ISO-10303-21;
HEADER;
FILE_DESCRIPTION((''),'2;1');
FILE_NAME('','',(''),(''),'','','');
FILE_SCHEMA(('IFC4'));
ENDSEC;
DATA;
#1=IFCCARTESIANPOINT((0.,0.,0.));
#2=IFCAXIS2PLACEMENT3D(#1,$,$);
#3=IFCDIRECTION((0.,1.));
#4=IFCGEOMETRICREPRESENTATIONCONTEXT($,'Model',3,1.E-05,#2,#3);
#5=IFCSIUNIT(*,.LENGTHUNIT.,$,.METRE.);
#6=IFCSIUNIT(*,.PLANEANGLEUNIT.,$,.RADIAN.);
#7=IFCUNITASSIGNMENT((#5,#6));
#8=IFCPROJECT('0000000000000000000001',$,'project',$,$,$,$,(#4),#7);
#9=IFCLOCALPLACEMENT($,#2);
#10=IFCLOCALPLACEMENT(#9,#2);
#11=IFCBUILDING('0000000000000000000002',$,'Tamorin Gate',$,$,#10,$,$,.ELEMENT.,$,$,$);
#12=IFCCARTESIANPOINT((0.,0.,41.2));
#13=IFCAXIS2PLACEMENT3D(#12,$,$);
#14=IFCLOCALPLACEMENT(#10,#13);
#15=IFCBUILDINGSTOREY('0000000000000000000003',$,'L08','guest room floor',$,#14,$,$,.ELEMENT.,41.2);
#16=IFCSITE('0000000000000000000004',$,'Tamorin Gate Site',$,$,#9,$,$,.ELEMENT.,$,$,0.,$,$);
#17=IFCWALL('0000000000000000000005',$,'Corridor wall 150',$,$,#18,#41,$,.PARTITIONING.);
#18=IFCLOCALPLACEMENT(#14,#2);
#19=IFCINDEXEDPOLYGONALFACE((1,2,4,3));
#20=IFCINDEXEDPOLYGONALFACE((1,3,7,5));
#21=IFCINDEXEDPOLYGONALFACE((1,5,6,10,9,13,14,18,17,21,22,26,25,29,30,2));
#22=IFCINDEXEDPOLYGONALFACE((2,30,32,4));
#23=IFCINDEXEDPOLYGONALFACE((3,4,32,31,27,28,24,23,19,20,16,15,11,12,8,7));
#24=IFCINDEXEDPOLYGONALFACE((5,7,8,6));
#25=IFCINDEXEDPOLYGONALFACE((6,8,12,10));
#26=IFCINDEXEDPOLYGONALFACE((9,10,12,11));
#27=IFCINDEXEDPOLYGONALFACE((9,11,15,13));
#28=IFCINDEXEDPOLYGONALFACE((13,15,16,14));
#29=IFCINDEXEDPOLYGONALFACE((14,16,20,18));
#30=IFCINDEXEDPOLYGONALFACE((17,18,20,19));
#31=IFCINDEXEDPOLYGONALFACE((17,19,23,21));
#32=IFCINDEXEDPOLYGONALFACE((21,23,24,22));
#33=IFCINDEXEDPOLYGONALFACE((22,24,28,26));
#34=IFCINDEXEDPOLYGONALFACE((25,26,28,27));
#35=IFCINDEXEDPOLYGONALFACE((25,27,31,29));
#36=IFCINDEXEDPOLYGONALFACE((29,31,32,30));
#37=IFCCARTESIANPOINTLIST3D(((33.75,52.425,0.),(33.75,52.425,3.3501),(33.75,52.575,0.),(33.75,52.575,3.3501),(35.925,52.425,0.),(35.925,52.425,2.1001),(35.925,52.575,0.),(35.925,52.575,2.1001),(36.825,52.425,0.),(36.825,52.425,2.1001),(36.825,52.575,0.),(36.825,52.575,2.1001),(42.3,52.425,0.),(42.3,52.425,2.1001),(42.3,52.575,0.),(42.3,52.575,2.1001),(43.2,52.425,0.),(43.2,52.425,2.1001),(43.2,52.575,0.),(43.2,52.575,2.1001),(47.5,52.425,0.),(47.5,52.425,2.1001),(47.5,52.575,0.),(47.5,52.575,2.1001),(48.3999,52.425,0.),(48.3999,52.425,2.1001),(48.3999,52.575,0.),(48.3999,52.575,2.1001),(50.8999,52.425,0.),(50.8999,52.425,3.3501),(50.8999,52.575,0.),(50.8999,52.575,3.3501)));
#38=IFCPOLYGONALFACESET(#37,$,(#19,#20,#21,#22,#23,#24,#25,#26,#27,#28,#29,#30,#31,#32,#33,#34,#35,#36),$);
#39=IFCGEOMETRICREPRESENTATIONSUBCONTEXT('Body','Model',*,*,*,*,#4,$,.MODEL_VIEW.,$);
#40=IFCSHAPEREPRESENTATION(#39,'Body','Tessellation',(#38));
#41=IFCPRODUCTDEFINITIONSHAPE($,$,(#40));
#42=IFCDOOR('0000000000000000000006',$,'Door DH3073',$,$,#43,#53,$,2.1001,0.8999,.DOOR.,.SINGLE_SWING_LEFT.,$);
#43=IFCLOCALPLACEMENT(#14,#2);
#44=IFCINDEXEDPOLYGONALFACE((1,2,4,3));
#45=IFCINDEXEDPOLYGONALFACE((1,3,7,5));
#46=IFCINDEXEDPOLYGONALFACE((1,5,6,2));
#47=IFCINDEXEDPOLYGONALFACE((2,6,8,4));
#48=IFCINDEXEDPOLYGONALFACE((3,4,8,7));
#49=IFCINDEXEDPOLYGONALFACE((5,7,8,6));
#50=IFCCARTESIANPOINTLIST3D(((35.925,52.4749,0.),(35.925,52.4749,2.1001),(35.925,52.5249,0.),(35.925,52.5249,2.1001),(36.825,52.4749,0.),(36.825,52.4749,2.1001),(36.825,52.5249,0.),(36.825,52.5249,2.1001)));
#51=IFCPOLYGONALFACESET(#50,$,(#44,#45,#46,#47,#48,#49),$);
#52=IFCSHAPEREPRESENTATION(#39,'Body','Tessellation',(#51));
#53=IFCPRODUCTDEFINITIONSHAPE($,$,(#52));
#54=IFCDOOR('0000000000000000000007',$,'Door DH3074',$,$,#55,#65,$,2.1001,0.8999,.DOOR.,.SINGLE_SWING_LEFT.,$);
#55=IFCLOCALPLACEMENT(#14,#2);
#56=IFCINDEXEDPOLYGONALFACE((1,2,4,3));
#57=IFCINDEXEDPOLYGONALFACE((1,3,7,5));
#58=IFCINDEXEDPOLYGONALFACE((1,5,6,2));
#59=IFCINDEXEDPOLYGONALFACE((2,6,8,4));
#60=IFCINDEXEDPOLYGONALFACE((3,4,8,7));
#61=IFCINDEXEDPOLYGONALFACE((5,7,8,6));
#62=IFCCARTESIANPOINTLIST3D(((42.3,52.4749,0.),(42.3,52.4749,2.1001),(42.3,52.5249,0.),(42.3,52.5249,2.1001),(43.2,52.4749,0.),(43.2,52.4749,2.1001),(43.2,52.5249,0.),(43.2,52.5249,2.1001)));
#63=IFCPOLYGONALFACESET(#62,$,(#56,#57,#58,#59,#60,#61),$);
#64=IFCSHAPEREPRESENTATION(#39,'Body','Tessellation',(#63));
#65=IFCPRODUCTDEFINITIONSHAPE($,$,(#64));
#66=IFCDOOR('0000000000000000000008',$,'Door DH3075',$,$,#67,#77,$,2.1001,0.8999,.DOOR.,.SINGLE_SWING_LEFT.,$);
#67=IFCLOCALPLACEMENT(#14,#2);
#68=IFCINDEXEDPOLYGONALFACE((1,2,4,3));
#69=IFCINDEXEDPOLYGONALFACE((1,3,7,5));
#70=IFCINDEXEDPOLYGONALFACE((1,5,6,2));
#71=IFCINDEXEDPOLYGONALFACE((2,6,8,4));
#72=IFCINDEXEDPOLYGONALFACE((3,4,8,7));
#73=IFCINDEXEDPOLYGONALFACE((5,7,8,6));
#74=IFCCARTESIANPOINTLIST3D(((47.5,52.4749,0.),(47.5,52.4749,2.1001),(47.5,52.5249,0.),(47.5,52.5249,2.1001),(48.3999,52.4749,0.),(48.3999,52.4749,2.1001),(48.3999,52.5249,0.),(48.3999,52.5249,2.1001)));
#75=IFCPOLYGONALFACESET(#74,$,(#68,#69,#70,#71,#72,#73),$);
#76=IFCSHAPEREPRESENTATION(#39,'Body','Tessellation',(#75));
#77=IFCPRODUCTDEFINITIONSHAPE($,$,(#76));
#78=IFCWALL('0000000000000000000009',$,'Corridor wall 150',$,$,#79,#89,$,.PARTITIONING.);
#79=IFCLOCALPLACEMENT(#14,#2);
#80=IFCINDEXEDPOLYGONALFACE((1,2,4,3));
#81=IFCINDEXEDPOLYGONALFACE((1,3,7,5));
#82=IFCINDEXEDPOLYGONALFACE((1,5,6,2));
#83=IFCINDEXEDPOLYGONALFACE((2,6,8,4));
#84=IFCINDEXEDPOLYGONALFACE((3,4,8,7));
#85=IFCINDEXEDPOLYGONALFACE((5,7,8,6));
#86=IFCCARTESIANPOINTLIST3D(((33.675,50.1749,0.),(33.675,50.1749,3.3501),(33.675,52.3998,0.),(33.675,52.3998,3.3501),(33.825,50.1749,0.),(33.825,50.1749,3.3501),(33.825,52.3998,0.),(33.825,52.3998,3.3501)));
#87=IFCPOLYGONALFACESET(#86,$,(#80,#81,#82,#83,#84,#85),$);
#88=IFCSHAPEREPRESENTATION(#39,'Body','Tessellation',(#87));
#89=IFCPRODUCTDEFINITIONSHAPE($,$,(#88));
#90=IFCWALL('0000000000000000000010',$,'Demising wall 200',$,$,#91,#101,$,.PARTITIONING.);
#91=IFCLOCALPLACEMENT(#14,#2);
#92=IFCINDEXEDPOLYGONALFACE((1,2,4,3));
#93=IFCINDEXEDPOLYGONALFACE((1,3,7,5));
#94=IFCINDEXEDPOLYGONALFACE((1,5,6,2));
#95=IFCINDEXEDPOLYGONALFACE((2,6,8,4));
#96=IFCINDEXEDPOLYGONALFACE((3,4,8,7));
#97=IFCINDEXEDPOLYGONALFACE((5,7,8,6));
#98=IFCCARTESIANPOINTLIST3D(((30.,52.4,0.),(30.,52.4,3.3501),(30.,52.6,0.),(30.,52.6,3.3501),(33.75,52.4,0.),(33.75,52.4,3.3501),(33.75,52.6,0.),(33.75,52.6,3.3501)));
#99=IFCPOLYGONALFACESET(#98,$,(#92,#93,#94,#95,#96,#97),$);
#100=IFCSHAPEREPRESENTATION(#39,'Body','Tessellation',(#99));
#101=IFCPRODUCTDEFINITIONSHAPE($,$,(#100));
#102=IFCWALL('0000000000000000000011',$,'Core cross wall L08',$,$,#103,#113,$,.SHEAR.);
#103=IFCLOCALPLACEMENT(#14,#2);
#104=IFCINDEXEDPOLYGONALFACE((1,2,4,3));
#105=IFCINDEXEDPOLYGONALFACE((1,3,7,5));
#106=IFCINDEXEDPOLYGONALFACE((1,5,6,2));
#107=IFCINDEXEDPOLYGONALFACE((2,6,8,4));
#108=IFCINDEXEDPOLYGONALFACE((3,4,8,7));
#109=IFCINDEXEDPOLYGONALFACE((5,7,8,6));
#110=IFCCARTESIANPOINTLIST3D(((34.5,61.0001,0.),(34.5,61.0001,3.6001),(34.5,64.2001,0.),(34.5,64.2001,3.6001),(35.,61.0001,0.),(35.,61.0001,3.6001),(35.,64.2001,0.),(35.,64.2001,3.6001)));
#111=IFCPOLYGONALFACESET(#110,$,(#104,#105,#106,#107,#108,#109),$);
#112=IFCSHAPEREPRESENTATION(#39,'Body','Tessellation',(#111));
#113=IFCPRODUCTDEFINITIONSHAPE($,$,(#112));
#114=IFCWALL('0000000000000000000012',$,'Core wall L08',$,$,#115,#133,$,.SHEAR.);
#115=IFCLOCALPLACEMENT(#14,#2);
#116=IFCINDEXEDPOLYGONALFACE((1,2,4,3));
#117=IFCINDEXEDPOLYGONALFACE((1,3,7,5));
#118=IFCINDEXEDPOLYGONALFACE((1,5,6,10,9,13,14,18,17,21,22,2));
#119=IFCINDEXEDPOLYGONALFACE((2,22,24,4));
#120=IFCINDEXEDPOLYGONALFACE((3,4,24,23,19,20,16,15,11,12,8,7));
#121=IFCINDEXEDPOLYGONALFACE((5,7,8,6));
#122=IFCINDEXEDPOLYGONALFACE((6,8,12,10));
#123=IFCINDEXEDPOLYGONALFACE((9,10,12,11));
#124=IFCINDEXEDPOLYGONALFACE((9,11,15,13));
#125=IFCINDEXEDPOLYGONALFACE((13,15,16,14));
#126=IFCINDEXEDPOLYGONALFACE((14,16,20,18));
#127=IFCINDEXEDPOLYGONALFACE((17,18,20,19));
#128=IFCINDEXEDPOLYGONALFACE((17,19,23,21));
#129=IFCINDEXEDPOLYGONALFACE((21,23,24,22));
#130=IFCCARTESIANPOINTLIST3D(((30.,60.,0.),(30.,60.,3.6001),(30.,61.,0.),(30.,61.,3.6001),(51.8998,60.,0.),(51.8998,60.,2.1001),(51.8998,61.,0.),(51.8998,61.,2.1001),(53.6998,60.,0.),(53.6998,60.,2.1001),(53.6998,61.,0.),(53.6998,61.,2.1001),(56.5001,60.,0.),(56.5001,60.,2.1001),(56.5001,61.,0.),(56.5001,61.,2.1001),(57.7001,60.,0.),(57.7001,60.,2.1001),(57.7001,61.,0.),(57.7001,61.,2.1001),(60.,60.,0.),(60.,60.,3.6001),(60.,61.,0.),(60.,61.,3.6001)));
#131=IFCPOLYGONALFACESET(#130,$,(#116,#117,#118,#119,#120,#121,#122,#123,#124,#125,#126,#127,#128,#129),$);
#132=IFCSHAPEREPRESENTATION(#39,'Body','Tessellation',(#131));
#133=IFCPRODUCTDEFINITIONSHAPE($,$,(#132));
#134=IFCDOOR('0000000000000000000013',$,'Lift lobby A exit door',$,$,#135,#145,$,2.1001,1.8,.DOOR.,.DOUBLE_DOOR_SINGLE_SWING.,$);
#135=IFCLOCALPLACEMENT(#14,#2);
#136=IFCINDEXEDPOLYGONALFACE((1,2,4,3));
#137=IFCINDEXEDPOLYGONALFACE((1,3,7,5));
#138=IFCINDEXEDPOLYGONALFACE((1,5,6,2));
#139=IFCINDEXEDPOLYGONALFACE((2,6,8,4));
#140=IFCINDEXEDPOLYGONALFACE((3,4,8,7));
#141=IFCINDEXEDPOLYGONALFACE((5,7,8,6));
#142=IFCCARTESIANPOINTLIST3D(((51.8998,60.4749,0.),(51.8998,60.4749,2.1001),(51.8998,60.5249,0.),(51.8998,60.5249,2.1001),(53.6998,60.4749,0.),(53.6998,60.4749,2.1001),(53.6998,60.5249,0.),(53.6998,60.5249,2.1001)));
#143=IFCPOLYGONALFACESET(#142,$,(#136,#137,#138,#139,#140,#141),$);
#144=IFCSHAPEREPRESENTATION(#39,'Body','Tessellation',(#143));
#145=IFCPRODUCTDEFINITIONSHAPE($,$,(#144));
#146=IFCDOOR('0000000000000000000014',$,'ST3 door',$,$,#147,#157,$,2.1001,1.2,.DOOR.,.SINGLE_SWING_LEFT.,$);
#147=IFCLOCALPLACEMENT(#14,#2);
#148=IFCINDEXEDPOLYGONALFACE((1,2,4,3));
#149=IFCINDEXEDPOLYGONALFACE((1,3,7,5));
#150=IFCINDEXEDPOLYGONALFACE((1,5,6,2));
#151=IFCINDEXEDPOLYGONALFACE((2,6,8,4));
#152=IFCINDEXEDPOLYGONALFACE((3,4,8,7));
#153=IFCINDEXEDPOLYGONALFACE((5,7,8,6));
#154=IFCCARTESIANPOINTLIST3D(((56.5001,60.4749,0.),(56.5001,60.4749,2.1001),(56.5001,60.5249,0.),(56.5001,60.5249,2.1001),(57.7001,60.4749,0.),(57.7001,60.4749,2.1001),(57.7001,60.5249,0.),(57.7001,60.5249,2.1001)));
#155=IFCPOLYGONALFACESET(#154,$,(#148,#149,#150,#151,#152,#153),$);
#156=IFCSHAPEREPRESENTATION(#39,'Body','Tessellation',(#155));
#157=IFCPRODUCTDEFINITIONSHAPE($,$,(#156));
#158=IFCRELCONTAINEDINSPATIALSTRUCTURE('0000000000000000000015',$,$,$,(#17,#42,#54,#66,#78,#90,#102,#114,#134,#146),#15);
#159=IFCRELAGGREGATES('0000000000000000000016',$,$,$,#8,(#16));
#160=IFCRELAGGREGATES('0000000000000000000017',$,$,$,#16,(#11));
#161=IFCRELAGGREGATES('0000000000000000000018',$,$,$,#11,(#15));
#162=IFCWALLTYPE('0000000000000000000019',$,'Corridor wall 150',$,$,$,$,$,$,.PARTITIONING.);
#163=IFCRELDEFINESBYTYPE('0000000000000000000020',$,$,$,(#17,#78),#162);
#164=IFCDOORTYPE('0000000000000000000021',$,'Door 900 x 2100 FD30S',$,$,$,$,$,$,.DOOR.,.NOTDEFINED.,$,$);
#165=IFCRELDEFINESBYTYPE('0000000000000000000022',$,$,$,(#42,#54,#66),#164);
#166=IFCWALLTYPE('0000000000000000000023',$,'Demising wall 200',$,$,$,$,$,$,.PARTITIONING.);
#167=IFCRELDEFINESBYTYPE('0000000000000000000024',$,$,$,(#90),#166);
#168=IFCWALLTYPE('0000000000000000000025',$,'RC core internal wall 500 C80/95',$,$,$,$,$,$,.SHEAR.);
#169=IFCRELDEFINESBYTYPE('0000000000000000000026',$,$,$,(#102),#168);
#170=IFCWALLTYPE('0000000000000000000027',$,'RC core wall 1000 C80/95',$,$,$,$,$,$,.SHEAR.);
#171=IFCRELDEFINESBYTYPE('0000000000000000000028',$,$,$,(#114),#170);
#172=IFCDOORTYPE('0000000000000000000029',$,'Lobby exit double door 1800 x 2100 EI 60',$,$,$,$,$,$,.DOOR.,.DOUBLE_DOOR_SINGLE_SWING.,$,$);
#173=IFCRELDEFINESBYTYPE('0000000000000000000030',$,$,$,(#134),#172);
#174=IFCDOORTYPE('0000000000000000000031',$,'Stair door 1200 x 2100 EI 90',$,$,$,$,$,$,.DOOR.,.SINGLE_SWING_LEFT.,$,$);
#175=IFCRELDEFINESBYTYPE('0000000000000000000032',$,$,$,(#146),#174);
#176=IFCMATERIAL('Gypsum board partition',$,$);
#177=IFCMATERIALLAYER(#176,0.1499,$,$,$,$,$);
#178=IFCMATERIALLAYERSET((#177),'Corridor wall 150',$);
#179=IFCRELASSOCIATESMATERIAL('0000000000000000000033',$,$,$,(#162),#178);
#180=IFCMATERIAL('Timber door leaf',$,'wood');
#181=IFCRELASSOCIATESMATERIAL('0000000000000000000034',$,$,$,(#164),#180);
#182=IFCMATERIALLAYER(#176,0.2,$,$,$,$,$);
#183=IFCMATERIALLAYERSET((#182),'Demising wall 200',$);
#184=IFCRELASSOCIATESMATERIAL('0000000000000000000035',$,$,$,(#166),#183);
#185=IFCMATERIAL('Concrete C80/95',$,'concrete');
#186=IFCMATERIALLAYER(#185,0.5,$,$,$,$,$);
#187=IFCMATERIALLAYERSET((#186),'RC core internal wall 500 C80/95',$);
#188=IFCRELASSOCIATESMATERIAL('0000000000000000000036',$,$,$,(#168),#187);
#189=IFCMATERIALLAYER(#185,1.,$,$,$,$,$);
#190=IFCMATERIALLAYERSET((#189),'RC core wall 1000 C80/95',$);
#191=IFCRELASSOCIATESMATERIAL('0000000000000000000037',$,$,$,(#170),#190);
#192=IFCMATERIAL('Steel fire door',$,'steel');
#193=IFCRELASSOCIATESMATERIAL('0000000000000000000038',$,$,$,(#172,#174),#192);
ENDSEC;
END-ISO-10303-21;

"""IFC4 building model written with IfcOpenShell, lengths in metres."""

from ifc_helpers import new_model, si_unit, direction, frame, frame_2d, origin, place, context, subcontext, project, spatial, rectangle, extrude, material, layer, layer_set, type_object, element, fill, save


model = new_model("IFC4")

# Units and contexts
model_context = context("Model", 3, precision=1e-05, world=origin(), true_north=direction((0.0, 1.0)))
body_context = subcontext(model_context, "Body", "Model", "MODEL_VIEW")
ifc_project = project(units=[si_unit("LENGTHUNIT", "METRE"), si_unit("PLANEANGLEUNIT", "RADIAN")], contexts=[model_context])

# Site, building, storey
site_placement = place(None, origin())
site = spatial("IfcSite", under=ifc_project, at=site_placement, Name="Tamorin Gate Site", CompositionType="ELEMENT", RefElevation=0.0)
building_placement = place(site_placement, origin())
building = spatial("IfcBuilding", under=site, at=building_placement, Name="Tamorin Gate", CompositionType="ELEMENT")
storey_placement = place(building_placement, frame((0.0, 0.0, 41.2)))
storey = spatial("IfcBuildingStorey", under=building, at=storey_placement, Name="L08", Description="guest room floor", CompositionType="ELEMENT", Elevation=41.2)

# Shared definitions
ifc_material_1 = material(Name="Concrete C80/95", Category="concrete")

# Wall, openings, doors
ifc_material_2 = material(Name="Gypsum board partition")
ifc_layer_1 = layer(ifc_material_2, 0.1499)
ifc_layer_set_1 = layer_set([ifc_layer_1], Name="Corridor wall 150")
wall_type_1 = type_object("IfcWallType", Name="Corridor wall 150", PredefinedType="PARTITIONING", material=ifc_layer_set_1)
ifc_material_3 = material(Name="Timber door leaf", Category="wood")
door_type_1 = type_object("IfcDoorType", Name="Door 900 x 2100 FD30S", OperationType="NOTDEFINED", PredefinedType="DOOR", material=ifc_material_3)
wall_1_placement = place(storey_placement, frame((33.75, 52.5, 0.0), z_axis=(0.0, 0.0, 1.0), x_axis=(1.0, 0.0, 0.0)))
wall_1 = element("IfcWall", 1, at=wall_1_placement, inside=storey, type_object=wall_type_1, Name="Corridor wall 150", PredefinedType="PARTITIONING", context=body_context, shape_type="SweptSolid", body=[
    extrude(rectangle(XDim=17.1499, YDim=0.1499, at=frame_2d((8.575, 0.0))), origin(), (0.0, 0.0, 1.0), 3.3501),
])
opening_1_placement = place(wall_1_placement, frame((2.175, 0.0, 0.0)))
opening_1 = element("IfcOpeningElement", 2, at=opening_1_placement, cuts=wall_1, PredefinedType="OPENING", context=body_context, shape_type="SweptSolid", body=[
    extrude(rectangle(XDim=0.8999, YDim=2.1001, at=frame_2d((0.45, 1.05))), frame((0.0, 0.085, 0.0), z_axis=(0.0, -1.0, 0.0), x_axis=(1.0, 0.0, 0.0)), (0.0, 0.0, 1.0), 0.1699),
])
opening_2_placement = place(wall_1_placement, frame((8.55, 0.0, 0.0)))
opening_2 = element("IfcOpeningElement", 3, at=opening_2_placement, cuts=wall_1, PredefinedType="OPENING", context=body_context, shape_type="SweptSolid", body=[
    extrude(rectangle(XDim=0.8999, YDim=2.1001, at=frame_2d((0.45, 1.05))), frame((0.0, 0.085, 0.0), z_axis=(0.0, -1.0, 0.0), x_axis=(1.0, 0.0, 0.0)), (0.0, 0.0, 1.0), 0.1699),
])
opening_3_placement = place(wall_1_placement, frame((13.75, 0.0, 0.0)))
opening_3 = element("IfcOpeningElement", 4, at=opening_3_placement, cuts=wall_1, PredefinedType="OPENING", context=body_context, shape_type="SweptSolid", body=[
    extrude(rectangle(XDim=0.8999, YDim=2.1001, at=frame_2d((0.45, 1.05))), frame((0.0, 0.085, 0.0), z_axis=(0.0, -1.0, 0.0), x_axis=(1.0, 0.0, 0.0)), (0.0, 0.0, 1.0), 0.1699),
])
door_1_placement = place(opening_1_placement, origin())
door_1 = element("IfcDoor", 5, at=door_1_placement, inside=storey, type_object=door_type_1, Name="Door DH3073", OperationType="SINGLE_SWING_LEFT", OverallHeight=2.1001, OverallWidth=0.8999, PredefinedType="DOOR", context=body_context, shape_type="SweptSolid", body=[
    extrude(rectangle(XDim=0.8999, YDim=2.1001, at=frame_2d((0.45, 1.05))), frame((0.0, 0.0249, 0.0), z_axis=(0.0, -1.0, 0.0), x_axis=(1.0, 0.0, 0.0)), (0.0, 0.0, 1.0), 0.05),
])
fill(opening_1, door_1)
door_2_placement = place(opening_2_placement, origin())
door_2 = element("IfcDoor", 6, at=door_2_placement, inside=storey, type_object=door_type_1, Name="Door DH3074", OperationType="SINGLE_SWING_LEFT", OverallHeight=2.1001, OverallWidth=0.8999, PredefinedType="DOOR", context=body_context, shape_type="SweptSolid", body=[
    extrude(rectangle(XDim=0.8999, YDim=2.1001, at=frame_2d((0.45, 1.05))), frame((0.0, 0.0249, 0.0), z_axis=(0.0, -1.0, 0.0), x_axis=(1.0, 0.0, 0.0)), (0.0, 0.0, 1.0), 0.05),
])
fill(opening_2, door_2)
door_3_placement = place(opening_3_placement, origin())
door_3 = element("IfcDoor", 7, at=door_3_placement, inside=storey, type_object=door_type_1, Name="Door DH3075", OperationType="SINGLE_SWING_LEFT", OverallHeight=2.1001, OverallWidth=0.8999, PredefinedType="DOOR", context=body_context, shape_type="SweptSolid", body=[
    extrude(rectangle(XDim=0.8999, YDim=2.1001, at=frame_2d((0.45, 1.05))), frame((0.0, 0.0249, 0.0), z_axis=(0.0, -1.0, 0.0), x_axis=(1.0, 0.0, 0.0)), (0.0, 0.0, 1.0), 0.05),
])
fill(opening_3, door_3)

# Walls
wall_2_placement = place(storey_placement, frame((33.75, 50.175, 0.0), z_axis=(0.0, 0.0, 1.0), x_axis=(0.0, 1.0, 0.0)))
element("IfcWall", 8, at=wall_2_placement, inside=storey, type_object=wall_type_1, Name="Corridor wall 150", PredefinedType="PARTITIONING", context=body_context, shape_type="SweptSolid", body=[
    extrude(rectangle(XDim=2.2249, YDim=0.1499, at=frame_2d((1.1123, 0.0))), origin(), (0.0, 0.0, 1.0), 3.3501),
])
ifc_layer_2 = layer(ifc_material_2, 0.2)
ifc_layer_set_2 = layer_set([ifc_layer_2], Name="Demising wall 200")
wall_type_2 = type_object("IfcWallType", Name="Demising wall 200", PredefinedType="PARTITIONING", material=ifc_layer_set_2)
wall_3_placement = place(storey_placement, frame((30.0, 52.5, 0.0), z_axis=(0.0, 0.0, 1.0), x_axis=(1.0, 0.0, 0.0)))
element("IfcWall", 9, at=wall_3_placement, inside=storey, type_object=wall_type_2, Name="Demising wall 200", PredefinedType="PARTITIONING", context=body_context, shape_type="SweptSolid", body=[
    extrude(rectangle(XDim=3.75, YDim=0.2, at=frame_2d((1.875, 0.0))), origin(), (0.0, 0.0, 1.0), 3.3501),
])
ifc_layer_3 = layer(ifc_material_1, 0.5)
ifc_layer_set_3 = layer_set([ifc_layer_3], Name="RC core internal wall 500 C80/95")
wall_type_3 = type_object("IfcWallType", Name="RC core internal wall 500 C80/95", PredefinedType="SHEAR", material=ifc_layer_set_3)
wall_4_placement = place(storey_placement, frame((34.75, 61.0, 0.0), z_axis=(0.0, 0.0, 1.0), x_axis=(0.0, 1.0, 0.0)))
element("IfcWall", 10, at=wall_4_placement, inside=storey, type_object=wall_type_3, Name="Core cross wall L08", PredefinedType="SHEAR", context=body_context, shape_type="SweptSolid", body=[
    extrude(rectangle(XDim=3.2, YDim=0.5, at=frame_2d((1.6001, 0.0))), origin(), (0.0, 0.0, 1.0), 3.6001),
])

# Wall, openings, doors
ifc_layer_4 = layer(ifc_material_1, 1.0)
ifc_layer_set_4 = layer_set([ifc_layer_4], Name="RC core wall 1000 C80/95")
wall_type_4 = type_object("IfcWallType", Name="RC core wall 1000 C80/95", PredefinedType="SHEAR", material=ifc_layer_set_4)
wall_5_placement = place(storey_placement, frame((30.0, 60.5, 0.0), z_axis=(0.0, 0.0, 1.0), x_axis=(1.0, 0.0, 0.0)))
wall_5 = element("IfcWall", 11, at=wall_5_placement, inside=storey, type_object=wall_type_4, Name="Core wall L08", PredefinedType="SHEAR", context=body_context, shape_type="SweptSolid", body=[
    extrude(rectangle(XDim=30.0, YDim=1.0, at=frame_2d((15.0, 0.0))), origin(), (0.0, 0.0, 1.0), 3.6001),
])
opening_4_placement = place(wall_5_placement, frame((21.8999, 0.0, 0.0)))
opening_4 = element("IfcOpeningElement", 12, at=opening_4_placement, cuts=wall_5, PredefinedType="OPENING", context=body_context, shape_type="SweptSolid", body=[
    extrude(rectangle(XDim=1.8, YDim=2.1001, at=frame_2d((0.8999, 1.05))), frame((0.0, 0.51, 0.0), z_axis=(0.0, -1.0, 0.0), x_axis=(1.0, 0.0, 0.0)), (0.0, 0.0, 1.0), 1.02),
])
opening_5_placement = place(wall_5_placement, frame((26.5, 0.0, 0.0)))
opening_5 = element("IfcOpeningElement", 13, at=opening_5_placement, cuts=wall_5, PredefinedType="OPENING", context=body_context, shape_type="SweptSolid", body=[
    extrude(rectangle(XDim=1.2, YDim=2.1001, at=frame_2d((0.6001, 1.05))), frame((0.0, 0.51, 0.0), z_axis=(0.0, -1.0, 0.0), x_axis=(1.0, 0.0, 0.0)), (0.0, 0.0, 1.0), 1.02),
])
ifc_material_4 = material(Name="Steel fire door", Category="steel")
door_type_2 = type_object("IfcDoorType", Name="Lobby exit double door 1800 x 2100 EI 60", OperationType="DOUBLE_DOOR_SINGLE_SWING", PredefinedType="DOOR", material=ifc_material_4)
door_4_placement = place(opening_4_placement, origin())
door_4 = element("IfcDoor", 14, at=door_4_placement, inside=storey, type_object=door_type_2, Name="Lift lobby A exit door", OperationType="DOUBLE_DOOR_SINGLE_SWING", OverallHeight=2.1001, OverallWidth=1.8, PredefinedType="DOOR", context=body_context, shape_type="SweptSolid", body=[
    extrude(rectangle(XDim=1.8, YDim=2.1001, at=frame_2d((0.8999, 1.05))), frame((0.0, 0.0249, 0.0), z_axis=(0.0, -1.0, 0.0), x_axis=(1.0, 0.0, 0.0)), (0.0, 0.0, 1.0), 0.05),
])
fill(opening_4, door_4)
door_type_3 = type_object("IfcDoorType", Name="Stair door 1200 x 2100 EI 90", OperationType="SINGLE_SWING_LEFT", PredefinedType="DOOR", material=ifc_material_4)
door_5_placement = place(opening_5_placement, origin())
door_5 = element("IfcDoor", 15, at=door_5_placement, inside=storey, type_object=door_type_3, Name="ST3 door", OperationType="SINGLE_SWING_LEFT", OverallHeight=2.1001, OverallWidth=1.2, PredefinedType="DOOR", context=body_context, shape_type="SweptSolid", body=[
    extrude(rectangle(XDim=1.2, YDim=2.1001, at=frame_2d((0.6001, 1.05))), frame((0.0, 0.0249, 0.0), z_axis=(0.0, -1.0, 0.0), x_axis=(1.0, 0.0, 0.0)), (0.0, 0.0, 1.0), 0.05),
])
fill(opening_5, door_5)

save(model, "model.ifc")
